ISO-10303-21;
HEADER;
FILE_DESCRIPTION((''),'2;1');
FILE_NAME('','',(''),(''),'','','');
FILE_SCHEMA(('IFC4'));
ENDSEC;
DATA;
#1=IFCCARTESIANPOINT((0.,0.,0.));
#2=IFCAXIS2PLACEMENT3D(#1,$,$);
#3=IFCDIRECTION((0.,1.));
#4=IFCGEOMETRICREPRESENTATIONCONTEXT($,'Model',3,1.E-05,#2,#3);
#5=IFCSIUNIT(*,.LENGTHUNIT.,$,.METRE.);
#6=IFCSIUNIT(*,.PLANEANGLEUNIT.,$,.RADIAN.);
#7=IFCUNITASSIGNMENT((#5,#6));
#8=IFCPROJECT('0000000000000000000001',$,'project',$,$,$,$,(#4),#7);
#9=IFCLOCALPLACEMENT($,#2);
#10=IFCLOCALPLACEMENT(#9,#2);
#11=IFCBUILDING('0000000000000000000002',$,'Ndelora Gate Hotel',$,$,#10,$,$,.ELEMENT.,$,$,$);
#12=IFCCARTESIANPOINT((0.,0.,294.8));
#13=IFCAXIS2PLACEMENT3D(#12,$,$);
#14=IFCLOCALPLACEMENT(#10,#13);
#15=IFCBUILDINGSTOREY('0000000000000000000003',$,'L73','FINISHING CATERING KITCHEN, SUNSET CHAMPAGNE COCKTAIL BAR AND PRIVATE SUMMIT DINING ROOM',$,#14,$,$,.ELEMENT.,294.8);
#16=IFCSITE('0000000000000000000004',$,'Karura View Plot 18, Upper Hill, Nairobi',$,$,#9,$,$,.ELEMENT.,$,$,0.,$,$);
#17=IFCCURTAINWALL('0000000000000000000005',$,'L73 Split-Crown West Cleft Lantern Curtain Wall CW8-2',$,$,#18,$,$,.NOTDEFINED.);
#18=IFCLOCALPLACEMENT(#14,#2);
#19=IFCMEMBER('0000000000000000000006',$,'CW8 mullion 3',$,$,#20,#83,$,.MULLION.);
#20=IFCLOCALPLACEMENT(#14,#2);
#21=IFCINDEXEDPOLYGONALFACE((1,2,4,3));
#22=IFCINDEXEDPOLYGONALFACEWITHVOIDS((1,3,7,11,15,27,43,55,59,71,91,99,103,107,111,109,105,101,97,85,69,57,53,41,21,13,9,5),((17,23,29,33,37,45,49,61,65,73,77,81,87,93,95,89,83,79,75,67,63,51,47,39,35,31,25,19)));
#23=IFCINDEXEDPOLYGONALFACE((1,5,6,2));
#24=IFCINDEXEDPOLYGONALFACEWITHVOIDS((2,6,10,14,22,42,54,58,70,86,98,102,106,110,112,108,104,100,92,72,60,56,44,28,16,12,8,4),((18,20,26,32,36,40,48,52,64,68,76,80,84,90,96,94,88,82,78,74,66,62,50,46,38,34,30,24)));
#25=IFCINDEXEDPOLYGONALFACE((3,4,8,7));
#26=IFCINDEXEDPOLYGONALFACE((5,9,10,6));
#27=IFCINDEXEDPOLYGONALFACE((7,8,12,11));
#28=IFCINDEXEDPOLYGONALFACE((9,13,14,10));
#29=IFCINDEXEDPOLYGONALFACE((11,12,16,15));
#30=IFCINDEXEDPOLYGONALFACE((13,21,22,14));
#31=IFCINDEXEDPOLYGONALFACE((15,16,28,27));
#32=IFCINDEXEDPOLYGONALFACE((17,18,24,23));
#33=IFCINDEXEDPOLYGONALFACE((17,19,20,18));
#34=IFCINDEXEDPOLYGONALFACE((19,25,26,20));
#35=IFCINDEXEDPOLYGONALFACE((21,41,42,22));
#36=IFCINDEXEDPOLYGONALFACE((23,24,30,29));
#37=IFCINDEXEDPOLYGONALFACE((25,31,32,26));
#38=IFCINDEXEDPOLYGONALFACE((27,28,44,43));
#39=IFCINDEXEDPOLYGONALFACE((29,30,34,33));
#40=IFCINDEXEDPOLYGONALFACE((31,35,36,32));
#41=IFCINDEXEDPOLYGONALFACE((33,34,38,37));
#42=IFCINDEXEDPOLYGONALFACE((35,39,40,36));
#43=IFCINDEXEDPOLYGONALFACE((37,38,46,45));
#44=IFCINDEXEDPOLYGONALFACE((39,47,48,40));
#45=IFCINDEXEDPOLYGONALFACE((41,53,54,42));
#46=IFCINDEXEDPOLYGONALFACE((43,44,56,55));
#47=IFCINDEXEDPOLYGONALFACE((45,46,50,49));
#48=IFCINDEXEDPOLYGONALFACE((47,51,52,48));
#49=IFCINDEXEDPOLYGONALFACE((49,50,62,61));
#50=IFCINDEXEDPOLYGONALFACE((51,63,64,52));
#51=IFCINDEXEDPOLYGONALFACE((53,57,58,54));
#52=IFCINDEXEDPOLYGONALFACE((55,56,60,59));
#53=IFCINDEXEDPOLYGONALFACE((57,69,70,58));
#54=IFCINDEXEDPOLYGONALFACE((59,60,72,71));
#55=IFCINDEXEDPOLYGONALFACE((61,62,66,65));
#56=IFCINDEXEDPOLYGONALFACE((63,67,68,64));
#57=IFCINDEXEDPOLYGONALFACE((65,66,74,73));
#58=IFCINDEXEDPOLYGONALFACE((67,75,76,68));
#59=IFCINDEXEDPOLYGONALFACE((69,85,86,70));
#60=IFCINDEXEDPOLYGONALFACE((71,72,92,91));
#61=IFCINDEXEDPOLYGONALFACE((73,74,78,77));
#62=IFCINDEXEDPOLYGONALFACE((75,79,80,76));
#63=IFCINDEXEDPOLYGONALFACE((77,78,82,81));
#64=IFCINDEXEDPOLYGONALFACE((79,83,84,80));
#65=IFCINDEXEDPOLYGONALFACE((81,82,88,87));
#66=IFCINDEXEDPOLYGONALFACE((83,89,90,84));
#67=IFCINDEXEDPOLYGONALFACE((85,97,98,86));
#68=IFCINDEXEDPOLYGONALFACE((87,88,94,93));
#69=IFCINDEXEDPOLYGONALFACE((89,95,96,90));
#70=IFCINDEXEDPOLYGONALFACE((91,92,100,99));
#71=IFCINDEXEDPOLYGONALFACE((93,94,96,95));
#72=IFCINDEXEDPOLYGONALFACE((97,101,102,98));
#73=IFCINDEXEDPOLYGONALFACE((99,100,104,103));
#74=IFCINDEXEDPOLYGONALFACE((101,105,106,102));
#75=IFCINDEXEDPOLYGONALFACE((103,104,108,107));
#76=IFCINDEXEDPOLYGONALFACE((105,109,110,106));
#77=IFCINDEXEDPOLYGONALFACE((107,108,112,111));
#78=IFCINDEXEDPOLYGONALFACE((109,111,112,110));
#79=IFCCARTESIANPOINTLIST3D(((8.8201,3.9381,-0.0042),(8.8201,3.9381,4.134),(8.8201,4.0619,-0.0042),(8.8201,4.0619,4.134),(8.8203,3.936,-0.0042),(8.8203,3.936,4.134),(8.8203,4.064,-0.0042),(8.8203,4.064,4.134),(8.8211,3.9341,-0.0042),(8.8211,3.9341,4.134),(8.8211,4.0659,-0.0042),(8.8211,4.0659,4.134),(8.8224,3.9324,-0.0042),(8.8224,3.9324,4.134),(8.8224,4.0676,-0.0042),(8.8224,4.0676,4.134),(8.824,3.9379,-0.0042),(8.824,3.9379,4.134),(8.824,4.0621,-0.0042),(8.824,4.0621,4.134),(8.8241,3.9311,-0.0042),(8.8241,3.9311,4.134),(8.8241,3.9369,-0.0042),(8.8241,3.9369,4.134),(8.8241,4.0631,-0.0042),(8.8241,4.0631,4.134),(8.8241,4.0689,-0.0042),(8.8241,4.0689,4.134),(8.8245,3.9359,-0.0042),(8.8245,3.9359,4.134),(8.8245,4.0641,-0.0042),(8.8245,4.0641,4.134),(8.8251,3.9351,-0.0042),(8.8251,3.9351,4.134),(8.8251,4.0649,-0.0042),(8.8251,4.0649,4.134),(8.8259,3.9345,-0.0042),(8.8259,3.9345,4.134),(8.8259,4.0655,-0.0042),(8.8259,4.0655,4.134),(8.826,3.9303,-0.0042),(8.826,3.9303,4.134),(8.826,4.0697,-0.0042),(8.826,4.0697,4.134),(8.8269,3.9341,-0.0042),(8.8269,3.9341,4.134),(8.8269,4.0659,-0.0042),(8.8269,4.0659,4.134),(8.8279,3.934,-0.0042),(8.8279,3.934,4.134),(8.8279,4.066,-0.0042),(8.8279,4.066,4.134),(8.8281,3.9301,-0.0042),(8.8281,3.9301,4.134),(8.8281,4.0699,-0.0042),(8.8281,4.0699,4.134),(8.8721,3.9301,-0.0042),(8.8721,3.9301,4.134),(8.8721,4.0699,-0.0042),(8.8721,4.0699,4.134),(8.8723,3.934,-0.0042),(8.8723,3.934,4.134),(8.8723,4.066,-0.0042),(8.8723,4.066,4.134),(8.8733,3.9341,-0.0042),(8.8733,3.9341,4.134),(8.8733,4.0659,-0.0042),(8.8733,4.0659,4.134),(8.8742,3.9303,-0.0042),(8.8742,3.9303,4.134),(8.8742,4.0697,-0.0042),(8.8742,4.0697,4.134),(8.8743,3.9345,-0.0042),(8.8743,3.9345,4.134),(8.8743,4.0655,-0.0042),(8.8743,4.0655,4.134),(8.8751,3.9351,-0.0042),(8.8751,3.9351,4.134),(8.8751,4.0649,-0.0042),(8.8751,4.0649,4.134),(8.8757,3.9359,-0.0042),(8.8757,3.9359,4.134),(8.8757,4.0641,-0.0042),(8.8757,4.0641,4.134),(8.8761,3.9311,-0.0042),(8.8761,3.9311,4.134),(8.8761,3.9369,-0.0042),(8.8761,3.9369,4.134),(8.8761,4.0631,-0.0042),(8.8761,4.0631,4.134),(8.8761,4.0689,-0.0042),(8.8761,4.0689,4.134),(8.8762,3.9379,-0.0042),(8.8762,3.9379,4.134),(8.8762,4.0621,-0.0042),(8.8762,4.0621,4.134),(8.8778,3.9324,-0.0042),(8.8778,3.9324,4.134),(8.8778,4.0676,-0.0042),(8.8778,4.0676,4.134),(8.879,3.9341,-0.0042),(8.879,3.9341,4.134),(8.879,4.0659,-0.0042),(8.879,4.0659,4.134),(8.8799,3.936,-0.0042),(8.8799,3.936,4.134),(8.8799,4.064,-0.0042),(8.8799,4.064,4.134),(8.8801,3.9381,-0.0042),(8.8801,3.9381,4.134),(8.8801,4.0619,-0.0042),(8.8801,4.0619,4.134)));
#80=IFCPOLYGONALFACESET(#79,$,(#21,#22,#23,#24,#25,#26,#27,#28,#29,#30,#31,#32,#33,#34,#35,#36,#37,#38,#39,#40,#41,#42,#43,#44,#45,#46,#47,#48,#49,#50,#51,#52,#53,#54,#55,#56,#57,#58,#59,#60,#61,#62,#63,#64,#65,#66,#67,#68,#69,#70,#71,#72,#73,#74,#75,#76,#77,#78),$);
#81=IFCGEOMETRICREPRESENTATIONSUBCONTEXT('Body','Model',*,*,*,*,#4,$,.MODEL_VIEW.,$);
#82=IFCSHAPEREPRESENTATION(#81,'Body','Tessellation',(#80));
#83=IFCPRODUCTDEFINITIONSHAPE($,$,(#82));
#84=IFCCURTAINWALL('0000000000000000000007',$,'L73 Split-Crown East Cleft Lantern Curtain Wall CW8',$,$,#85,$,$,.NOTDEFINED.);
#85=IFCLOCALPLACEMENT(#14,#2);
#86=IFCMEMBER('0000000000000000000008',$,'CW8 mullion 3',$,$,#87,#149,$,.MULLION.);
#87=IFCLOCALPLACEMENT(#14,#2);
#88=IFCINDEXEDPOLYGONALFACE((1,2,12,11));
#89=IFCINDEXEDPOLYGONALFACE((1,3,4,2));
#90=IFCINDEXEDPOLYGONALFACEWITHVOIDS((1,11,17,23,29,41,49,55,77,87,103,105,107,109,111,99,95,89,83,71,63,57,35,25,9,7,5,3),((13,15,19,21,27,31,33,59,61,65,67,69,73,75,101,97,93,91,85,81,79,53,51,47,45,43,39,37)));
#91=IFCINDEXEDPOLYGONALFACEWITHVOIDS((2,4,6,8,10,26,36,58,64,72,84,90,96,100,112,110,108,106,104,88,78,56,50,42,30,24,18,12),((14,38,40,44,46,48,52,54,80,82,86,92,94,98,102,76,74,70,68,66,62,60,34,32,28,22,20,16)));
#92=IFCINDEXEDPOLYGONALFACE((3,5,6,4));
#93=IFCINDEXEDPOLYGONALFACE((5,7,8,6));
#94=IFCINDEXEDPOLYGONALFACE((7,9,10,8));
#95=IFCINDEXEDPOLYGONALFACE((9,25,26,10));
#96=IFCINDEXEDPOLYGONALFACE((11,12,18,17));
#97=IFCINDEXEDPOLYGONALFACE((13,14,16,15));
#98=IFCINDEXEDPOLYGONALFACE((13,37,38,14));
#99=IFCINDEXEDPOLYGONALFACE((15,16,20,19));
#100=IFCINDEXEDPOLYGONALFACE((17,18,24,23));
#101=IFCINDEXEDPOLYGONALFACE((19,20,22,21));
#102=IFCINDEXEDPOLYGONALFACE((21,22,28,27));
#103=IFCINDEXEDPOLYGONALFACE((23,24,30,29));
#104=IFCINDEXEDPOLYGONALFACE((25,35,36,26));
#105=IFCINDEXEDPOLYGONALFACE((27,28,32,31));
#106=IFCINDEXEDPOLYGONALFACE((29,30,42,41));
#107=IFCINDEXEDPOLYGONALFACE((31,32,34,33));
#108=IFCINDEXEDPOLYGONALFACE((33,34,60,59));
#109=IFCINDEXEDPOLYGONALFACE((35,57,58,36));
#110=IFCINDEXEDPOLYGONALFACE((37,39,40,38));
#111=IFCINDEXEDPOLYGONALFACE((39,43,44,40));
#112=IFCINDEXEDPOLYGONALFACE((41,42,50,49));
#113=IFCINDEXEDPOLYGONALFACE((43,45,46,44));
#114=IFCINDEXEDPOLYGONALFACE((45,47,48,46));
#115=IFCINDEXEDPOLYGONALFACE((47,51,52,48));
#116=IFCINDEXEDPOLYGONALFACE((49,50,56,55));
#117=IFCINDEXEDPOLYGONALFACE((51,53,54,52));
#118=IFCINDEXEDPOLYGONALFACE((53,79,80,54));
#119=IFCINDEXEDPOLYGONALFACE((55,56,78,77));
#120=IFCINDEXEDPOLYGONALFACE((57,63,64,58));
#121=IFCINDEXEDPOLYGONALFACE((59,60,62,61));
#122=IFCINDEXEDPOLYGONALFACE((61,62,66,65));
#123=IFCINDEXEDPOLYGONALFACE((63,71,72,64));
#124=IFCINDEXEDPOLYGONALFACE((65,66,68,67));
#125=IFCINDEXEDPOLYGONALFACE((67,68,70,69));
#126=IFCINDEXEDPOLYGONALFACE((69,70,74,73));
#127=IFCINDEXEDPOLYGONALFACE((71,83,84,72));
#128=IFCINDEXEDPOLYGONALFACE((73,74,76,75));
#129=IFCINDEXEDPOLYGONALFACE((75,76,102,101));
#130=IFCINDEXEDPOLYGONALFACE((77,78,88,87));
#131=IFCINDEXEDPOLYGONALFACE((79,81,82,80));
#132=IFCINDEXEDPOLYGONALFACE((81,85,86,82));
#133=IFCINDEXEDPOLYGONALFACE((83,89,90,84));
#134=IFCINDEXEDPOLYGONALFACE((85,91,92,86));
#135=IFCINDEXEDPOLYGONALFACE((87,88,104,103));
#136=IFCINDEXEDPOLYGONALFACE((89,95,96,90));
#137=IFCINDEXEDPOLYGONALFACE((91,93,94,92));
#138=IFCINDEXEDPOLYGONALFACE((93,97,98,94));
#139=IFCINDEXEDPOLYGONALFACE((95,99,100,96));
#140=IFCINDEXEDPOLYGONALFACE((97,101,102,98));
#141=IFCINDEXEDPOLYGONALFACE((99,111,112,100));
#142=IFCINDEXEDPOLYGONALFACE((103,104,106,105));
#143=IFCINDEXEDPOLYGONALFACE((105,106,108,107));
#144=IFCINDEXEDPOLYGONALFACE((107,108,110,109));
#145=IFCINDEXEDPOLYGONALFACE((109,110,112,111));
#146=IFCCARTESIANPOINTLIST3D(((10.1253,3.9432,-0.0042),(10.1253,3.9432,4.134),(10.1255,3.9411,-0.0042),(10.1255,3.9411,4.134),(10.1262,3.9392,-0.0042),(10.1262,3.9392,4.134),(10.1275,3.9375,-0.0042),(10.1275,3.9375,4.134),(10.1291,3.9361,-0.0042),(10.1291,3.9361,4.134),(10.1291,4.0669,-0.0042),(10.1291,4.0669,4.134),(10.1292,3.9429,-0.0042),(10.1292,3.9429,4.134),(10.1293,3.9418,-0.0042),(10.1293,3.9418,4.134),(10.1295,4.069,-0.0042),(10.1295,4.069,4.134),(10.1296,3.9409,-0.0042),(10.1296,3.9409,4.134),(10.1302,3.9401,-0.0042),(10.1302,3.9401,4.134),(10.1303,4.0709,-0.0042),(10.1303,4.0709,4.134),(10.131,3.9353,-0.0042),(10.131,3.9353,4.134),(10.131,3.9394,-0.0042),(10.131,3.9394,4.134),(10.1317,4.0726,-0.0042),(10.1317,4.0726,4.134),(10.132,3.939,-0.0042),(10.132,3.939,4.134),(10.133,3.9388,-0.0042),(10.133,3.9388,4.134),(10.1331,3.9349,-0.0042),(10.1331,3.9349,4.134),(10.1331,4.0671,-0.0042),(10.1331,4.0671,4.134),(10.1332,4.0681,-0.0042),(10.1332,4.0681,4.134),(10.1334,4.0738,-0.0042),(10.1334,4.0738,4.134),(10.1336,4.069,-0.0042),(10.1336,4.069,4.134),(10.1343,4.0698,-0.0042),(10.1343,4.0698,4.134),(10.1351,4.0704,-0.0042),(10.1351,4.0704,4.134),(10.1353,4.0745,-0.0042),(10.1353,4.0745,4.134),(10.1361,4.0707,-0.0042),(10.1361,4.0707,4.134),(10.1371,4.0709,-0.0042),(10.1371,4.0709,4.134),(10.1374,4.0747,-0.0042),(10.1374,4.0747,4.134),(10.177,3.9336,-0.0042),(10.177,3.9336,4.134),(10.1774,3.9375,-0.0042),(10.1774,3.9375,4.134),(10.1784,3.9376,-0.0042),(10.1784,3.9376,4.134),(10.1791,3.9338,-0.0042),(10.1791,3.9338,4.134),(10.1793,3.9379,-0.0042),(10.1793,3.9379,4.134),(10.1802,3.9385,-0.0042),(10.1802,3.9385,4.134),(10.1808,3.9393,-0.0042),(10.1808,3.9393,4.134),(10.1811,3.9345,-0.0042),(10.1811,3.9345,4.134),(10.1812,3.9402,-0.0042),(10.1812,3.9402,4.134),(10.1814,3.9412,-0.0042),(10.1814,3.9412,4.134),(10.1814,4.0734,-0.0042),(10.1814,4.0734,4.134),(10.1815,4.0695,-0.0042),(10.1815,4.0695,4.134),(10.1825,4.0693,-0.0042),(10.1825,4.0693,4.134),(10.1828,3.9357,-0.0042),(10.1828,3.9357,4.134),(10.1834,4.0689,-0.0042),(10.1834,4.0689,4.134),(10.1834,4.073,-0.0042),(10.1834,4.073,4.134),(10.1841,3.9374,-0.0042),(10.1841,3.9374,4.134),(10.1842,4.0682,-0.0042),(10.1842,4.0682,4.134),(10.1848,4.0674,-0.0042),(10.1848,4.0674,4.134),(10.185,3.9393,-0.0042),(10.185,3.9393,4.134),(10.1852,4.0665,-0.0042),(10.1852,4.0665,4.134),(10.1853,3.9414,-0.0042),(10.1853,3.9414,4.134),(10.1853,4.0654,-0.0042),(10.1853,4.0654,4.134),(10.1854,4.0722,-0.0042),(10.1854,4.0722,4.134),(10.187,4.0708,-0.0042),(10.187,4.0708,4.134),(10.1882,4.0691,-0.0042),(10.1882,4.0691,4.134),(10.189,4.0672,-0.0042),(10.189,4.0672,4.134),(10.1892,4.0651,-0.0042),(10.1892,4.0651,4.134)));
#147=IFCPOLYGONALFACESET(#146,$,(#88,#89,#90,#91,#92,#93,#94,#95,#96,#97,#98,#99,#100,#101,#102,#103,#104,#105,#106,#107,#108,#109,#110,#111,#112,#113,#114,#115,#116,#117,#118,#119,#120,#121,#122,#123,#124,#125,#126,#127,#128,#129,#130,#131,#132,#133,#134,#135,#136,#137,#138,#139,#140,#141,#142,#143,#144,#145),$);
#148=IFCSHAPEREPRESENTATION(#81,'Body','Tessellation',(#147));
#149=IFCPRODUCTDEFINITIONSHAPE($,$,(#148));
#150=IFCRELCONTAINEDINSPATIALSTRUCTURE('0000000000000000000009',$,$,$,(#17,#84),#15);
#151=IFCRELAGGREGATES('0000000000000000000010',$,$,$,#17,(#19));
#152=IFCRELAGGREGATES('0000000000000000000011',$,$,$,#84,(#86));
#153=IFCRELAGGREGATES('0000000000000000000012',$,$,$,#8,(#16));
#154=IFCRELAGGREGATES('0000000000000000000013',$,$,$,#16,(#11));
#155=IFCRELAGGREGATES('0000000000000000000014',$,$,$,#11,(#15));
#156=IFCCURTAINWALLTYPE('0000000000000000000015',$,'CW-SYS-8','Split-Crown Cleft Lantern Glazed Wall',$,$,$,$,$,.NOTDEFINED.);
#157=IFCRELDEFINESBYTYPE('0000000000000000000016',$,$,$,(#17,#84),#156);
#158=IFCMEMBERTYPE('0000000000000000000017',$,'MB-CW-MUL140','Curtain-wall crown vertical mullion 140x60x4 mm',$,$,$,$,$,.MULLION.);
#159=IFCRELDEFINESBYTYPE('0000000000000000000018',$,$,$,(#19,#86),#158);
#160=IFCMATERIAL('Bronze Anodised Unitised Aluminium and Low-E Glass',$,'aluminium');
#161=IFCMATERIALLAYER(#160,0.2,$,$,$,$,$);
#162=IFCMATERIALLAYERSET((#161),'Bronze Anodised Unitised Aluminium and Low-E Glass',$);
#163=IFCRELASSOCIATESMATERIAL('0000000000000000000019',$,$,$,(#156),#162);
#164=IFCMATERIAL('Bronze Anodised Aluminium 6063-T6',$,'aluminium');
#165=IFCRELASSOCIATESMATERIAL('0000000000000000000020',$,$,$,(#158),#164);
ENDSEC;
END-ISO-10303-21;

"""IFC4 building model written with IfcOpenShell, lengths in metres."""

from ifc_helpers import new_model, si_unit, direction, frame, origin, origin_2d, place, context, subcontext, project, spatial, hollow_rectangle, extrude, material, layer, layer_set, material_profile, profile_set, type_object, element, aggregate, save


model = new_model("IFC4")

# Units and contexts
model_context = context("Model", 3, precision=1e-05, world=origin(), true_north=direction((0.0, 1.0)))
body_context = subcontext(model_context, "Body", "Model", "MODEL_VIEW")
ifc_project = project(units=[si_unit("LENGTHUNIT", "METRE"), si_unit("PLANEANGLEUNIT", "RADIAN")], contexts=[model_context])

# Site, building, storey
site_placement = place(None, origin())
site = spatial("IfcSite", under=ifc_project, at=site_placement, Name="Karura View Plot 18, Upper Hill, Nairobi", CompositionType="ELEMENT", RefElevation=0.0)
building_placement = place(site_placement, origin())
building = spatial("IfcBuilding", under=site, at=building_placement, Name="Ndelora Gate Hotel", CompositionType="ELEMENT")
storey_placement = place(building_placement, frame((0.0, 0.0, 294.8)))
storey = spatial("IfcBuildingStorey", under=building, at=storey_placement, Name="L73", Description="FINISHING CATERING KITCHEN, SUNSET CHAMPAGNE COCKTAIL BAR AND PRIVATE SUMMIT DINING ROOM", CompositionType="ELEMENT", Elevation=294.8)

# Curtain walls, members
ifc_material_1 = material(Name="Bronze Anodised Unitised Aluminium and Low-E Glass", Category="aluminium")
ifc_layer_1 = layer(ifc_material_1, 0.2)
ifc_layer_set_1 = layer_set([ifc_layer_1], Name="Bronze Anodised Unitised Aluminium and Low-E Glass")
curtain_wall_type = type_object("IfcCurtainWallType", Name="CW-SYS-8", Description="Split-Crown Cleft Lantern Glazed Wall", PredefinedType="NOTDEFINED", material=ifc_layer_set_1)
curtain_wall_1_placement = place(storey_placement, origin())
curtain_wall_1 = element("IfcCurtainWall", 1, at=curtain_wall_1_placement, inside=storey, type_object=curtain_wall_type, Name="L73 Split-Crown West Cleft Lantern Curtain Wall CW8-2", PredefinedType="NOTDEFINED")
ifc_material_2 = material(Name="Bronze Anodised Aluminium 6063-T6", Category="aluminium")
ifc_material_profile_1 = material_profile(ifc_material_2, hollow_rectangle(XDim=0.0601, YDim=0.1399, WallThickness=0.0039, InnerFilletRadius=0.0039, OuterFilletRadius=0.0081, at=origin_2d()), Name="ALU 140x60x4")
ifc_profile_set_1 = profile_set([ifc_material_profile_1], Name="Bronze Anodised Aluminium 6063-T6")
member_type_1 = type_object("IfcMemberType", Name="MB-CW-MUL140", Description="Curtain-wall crown vertical mullion 140x60x4 mm", PredefinedType="MULLION", material=ifc_profile_set_1)
member_1_placement = place(storey_placement, frame((8.8501, 4.0, -0.0042), z_axis=(0.0, 0.0, 1.0), x_axis=(-1.0, 0.0, 0.0)))
member_1 = element("IfcMember", 2, at=member_1_placement, type_object=member_type_1, Name="CW8 mullion 3", PredefinedType="MULLION", context=body_context, shape_type="SweptSolid", body=[
    extrude(hollow_rectangle(XDim=0.0601, YDim=0.1399, WallThickness=0.0039, InnerFilletRadius=0.0039, OuterFilletRadius=0.0081, at=origin_2d()), origin(), (0.0, 0.0, 1.0), 4.1382),
])
curtain_wall_2_placement = place(storey_placement, origin())
curtain_wall_2 = element("IfcCurtainWall", 3, at=curtain_wall_2_placement, inside=storey, type_object=curtain_wall_type, Name="L73 Split-Crown East Cleft Lantern Curtain Wall CW8", PredefinedType="NOTDEFINED")
member_2_placement = place(storey_placement, frame((10.1572, 4.0042, -0.0042), z_axis=(0.0, 0.0, 1.0), x_axis=(0.999515, -0.031131, 0.0)))
member_2 = element("IfcMember", 4, at=member_2_placement, type_object=member_type_1, Name="CW8 mullion 3", PredefinedType="MULLION", context=body_context, shape_type="SweptSolid", body=[
    extrude(hollow_rectangle(XDim=0.0601, YDim=0.1399, WallThickness=0.0039, InnerFilletRadius=0.0039, OuterFilletRadius=0.0081, at=origin_2d()), origin(), (0.0, 0.0, 1.0), 4.1382),
])

aggregate(curtain_wall_1, [member_1])
aggregate(curtain_wall_2, [member_2])

save(model, "model.ifc")
